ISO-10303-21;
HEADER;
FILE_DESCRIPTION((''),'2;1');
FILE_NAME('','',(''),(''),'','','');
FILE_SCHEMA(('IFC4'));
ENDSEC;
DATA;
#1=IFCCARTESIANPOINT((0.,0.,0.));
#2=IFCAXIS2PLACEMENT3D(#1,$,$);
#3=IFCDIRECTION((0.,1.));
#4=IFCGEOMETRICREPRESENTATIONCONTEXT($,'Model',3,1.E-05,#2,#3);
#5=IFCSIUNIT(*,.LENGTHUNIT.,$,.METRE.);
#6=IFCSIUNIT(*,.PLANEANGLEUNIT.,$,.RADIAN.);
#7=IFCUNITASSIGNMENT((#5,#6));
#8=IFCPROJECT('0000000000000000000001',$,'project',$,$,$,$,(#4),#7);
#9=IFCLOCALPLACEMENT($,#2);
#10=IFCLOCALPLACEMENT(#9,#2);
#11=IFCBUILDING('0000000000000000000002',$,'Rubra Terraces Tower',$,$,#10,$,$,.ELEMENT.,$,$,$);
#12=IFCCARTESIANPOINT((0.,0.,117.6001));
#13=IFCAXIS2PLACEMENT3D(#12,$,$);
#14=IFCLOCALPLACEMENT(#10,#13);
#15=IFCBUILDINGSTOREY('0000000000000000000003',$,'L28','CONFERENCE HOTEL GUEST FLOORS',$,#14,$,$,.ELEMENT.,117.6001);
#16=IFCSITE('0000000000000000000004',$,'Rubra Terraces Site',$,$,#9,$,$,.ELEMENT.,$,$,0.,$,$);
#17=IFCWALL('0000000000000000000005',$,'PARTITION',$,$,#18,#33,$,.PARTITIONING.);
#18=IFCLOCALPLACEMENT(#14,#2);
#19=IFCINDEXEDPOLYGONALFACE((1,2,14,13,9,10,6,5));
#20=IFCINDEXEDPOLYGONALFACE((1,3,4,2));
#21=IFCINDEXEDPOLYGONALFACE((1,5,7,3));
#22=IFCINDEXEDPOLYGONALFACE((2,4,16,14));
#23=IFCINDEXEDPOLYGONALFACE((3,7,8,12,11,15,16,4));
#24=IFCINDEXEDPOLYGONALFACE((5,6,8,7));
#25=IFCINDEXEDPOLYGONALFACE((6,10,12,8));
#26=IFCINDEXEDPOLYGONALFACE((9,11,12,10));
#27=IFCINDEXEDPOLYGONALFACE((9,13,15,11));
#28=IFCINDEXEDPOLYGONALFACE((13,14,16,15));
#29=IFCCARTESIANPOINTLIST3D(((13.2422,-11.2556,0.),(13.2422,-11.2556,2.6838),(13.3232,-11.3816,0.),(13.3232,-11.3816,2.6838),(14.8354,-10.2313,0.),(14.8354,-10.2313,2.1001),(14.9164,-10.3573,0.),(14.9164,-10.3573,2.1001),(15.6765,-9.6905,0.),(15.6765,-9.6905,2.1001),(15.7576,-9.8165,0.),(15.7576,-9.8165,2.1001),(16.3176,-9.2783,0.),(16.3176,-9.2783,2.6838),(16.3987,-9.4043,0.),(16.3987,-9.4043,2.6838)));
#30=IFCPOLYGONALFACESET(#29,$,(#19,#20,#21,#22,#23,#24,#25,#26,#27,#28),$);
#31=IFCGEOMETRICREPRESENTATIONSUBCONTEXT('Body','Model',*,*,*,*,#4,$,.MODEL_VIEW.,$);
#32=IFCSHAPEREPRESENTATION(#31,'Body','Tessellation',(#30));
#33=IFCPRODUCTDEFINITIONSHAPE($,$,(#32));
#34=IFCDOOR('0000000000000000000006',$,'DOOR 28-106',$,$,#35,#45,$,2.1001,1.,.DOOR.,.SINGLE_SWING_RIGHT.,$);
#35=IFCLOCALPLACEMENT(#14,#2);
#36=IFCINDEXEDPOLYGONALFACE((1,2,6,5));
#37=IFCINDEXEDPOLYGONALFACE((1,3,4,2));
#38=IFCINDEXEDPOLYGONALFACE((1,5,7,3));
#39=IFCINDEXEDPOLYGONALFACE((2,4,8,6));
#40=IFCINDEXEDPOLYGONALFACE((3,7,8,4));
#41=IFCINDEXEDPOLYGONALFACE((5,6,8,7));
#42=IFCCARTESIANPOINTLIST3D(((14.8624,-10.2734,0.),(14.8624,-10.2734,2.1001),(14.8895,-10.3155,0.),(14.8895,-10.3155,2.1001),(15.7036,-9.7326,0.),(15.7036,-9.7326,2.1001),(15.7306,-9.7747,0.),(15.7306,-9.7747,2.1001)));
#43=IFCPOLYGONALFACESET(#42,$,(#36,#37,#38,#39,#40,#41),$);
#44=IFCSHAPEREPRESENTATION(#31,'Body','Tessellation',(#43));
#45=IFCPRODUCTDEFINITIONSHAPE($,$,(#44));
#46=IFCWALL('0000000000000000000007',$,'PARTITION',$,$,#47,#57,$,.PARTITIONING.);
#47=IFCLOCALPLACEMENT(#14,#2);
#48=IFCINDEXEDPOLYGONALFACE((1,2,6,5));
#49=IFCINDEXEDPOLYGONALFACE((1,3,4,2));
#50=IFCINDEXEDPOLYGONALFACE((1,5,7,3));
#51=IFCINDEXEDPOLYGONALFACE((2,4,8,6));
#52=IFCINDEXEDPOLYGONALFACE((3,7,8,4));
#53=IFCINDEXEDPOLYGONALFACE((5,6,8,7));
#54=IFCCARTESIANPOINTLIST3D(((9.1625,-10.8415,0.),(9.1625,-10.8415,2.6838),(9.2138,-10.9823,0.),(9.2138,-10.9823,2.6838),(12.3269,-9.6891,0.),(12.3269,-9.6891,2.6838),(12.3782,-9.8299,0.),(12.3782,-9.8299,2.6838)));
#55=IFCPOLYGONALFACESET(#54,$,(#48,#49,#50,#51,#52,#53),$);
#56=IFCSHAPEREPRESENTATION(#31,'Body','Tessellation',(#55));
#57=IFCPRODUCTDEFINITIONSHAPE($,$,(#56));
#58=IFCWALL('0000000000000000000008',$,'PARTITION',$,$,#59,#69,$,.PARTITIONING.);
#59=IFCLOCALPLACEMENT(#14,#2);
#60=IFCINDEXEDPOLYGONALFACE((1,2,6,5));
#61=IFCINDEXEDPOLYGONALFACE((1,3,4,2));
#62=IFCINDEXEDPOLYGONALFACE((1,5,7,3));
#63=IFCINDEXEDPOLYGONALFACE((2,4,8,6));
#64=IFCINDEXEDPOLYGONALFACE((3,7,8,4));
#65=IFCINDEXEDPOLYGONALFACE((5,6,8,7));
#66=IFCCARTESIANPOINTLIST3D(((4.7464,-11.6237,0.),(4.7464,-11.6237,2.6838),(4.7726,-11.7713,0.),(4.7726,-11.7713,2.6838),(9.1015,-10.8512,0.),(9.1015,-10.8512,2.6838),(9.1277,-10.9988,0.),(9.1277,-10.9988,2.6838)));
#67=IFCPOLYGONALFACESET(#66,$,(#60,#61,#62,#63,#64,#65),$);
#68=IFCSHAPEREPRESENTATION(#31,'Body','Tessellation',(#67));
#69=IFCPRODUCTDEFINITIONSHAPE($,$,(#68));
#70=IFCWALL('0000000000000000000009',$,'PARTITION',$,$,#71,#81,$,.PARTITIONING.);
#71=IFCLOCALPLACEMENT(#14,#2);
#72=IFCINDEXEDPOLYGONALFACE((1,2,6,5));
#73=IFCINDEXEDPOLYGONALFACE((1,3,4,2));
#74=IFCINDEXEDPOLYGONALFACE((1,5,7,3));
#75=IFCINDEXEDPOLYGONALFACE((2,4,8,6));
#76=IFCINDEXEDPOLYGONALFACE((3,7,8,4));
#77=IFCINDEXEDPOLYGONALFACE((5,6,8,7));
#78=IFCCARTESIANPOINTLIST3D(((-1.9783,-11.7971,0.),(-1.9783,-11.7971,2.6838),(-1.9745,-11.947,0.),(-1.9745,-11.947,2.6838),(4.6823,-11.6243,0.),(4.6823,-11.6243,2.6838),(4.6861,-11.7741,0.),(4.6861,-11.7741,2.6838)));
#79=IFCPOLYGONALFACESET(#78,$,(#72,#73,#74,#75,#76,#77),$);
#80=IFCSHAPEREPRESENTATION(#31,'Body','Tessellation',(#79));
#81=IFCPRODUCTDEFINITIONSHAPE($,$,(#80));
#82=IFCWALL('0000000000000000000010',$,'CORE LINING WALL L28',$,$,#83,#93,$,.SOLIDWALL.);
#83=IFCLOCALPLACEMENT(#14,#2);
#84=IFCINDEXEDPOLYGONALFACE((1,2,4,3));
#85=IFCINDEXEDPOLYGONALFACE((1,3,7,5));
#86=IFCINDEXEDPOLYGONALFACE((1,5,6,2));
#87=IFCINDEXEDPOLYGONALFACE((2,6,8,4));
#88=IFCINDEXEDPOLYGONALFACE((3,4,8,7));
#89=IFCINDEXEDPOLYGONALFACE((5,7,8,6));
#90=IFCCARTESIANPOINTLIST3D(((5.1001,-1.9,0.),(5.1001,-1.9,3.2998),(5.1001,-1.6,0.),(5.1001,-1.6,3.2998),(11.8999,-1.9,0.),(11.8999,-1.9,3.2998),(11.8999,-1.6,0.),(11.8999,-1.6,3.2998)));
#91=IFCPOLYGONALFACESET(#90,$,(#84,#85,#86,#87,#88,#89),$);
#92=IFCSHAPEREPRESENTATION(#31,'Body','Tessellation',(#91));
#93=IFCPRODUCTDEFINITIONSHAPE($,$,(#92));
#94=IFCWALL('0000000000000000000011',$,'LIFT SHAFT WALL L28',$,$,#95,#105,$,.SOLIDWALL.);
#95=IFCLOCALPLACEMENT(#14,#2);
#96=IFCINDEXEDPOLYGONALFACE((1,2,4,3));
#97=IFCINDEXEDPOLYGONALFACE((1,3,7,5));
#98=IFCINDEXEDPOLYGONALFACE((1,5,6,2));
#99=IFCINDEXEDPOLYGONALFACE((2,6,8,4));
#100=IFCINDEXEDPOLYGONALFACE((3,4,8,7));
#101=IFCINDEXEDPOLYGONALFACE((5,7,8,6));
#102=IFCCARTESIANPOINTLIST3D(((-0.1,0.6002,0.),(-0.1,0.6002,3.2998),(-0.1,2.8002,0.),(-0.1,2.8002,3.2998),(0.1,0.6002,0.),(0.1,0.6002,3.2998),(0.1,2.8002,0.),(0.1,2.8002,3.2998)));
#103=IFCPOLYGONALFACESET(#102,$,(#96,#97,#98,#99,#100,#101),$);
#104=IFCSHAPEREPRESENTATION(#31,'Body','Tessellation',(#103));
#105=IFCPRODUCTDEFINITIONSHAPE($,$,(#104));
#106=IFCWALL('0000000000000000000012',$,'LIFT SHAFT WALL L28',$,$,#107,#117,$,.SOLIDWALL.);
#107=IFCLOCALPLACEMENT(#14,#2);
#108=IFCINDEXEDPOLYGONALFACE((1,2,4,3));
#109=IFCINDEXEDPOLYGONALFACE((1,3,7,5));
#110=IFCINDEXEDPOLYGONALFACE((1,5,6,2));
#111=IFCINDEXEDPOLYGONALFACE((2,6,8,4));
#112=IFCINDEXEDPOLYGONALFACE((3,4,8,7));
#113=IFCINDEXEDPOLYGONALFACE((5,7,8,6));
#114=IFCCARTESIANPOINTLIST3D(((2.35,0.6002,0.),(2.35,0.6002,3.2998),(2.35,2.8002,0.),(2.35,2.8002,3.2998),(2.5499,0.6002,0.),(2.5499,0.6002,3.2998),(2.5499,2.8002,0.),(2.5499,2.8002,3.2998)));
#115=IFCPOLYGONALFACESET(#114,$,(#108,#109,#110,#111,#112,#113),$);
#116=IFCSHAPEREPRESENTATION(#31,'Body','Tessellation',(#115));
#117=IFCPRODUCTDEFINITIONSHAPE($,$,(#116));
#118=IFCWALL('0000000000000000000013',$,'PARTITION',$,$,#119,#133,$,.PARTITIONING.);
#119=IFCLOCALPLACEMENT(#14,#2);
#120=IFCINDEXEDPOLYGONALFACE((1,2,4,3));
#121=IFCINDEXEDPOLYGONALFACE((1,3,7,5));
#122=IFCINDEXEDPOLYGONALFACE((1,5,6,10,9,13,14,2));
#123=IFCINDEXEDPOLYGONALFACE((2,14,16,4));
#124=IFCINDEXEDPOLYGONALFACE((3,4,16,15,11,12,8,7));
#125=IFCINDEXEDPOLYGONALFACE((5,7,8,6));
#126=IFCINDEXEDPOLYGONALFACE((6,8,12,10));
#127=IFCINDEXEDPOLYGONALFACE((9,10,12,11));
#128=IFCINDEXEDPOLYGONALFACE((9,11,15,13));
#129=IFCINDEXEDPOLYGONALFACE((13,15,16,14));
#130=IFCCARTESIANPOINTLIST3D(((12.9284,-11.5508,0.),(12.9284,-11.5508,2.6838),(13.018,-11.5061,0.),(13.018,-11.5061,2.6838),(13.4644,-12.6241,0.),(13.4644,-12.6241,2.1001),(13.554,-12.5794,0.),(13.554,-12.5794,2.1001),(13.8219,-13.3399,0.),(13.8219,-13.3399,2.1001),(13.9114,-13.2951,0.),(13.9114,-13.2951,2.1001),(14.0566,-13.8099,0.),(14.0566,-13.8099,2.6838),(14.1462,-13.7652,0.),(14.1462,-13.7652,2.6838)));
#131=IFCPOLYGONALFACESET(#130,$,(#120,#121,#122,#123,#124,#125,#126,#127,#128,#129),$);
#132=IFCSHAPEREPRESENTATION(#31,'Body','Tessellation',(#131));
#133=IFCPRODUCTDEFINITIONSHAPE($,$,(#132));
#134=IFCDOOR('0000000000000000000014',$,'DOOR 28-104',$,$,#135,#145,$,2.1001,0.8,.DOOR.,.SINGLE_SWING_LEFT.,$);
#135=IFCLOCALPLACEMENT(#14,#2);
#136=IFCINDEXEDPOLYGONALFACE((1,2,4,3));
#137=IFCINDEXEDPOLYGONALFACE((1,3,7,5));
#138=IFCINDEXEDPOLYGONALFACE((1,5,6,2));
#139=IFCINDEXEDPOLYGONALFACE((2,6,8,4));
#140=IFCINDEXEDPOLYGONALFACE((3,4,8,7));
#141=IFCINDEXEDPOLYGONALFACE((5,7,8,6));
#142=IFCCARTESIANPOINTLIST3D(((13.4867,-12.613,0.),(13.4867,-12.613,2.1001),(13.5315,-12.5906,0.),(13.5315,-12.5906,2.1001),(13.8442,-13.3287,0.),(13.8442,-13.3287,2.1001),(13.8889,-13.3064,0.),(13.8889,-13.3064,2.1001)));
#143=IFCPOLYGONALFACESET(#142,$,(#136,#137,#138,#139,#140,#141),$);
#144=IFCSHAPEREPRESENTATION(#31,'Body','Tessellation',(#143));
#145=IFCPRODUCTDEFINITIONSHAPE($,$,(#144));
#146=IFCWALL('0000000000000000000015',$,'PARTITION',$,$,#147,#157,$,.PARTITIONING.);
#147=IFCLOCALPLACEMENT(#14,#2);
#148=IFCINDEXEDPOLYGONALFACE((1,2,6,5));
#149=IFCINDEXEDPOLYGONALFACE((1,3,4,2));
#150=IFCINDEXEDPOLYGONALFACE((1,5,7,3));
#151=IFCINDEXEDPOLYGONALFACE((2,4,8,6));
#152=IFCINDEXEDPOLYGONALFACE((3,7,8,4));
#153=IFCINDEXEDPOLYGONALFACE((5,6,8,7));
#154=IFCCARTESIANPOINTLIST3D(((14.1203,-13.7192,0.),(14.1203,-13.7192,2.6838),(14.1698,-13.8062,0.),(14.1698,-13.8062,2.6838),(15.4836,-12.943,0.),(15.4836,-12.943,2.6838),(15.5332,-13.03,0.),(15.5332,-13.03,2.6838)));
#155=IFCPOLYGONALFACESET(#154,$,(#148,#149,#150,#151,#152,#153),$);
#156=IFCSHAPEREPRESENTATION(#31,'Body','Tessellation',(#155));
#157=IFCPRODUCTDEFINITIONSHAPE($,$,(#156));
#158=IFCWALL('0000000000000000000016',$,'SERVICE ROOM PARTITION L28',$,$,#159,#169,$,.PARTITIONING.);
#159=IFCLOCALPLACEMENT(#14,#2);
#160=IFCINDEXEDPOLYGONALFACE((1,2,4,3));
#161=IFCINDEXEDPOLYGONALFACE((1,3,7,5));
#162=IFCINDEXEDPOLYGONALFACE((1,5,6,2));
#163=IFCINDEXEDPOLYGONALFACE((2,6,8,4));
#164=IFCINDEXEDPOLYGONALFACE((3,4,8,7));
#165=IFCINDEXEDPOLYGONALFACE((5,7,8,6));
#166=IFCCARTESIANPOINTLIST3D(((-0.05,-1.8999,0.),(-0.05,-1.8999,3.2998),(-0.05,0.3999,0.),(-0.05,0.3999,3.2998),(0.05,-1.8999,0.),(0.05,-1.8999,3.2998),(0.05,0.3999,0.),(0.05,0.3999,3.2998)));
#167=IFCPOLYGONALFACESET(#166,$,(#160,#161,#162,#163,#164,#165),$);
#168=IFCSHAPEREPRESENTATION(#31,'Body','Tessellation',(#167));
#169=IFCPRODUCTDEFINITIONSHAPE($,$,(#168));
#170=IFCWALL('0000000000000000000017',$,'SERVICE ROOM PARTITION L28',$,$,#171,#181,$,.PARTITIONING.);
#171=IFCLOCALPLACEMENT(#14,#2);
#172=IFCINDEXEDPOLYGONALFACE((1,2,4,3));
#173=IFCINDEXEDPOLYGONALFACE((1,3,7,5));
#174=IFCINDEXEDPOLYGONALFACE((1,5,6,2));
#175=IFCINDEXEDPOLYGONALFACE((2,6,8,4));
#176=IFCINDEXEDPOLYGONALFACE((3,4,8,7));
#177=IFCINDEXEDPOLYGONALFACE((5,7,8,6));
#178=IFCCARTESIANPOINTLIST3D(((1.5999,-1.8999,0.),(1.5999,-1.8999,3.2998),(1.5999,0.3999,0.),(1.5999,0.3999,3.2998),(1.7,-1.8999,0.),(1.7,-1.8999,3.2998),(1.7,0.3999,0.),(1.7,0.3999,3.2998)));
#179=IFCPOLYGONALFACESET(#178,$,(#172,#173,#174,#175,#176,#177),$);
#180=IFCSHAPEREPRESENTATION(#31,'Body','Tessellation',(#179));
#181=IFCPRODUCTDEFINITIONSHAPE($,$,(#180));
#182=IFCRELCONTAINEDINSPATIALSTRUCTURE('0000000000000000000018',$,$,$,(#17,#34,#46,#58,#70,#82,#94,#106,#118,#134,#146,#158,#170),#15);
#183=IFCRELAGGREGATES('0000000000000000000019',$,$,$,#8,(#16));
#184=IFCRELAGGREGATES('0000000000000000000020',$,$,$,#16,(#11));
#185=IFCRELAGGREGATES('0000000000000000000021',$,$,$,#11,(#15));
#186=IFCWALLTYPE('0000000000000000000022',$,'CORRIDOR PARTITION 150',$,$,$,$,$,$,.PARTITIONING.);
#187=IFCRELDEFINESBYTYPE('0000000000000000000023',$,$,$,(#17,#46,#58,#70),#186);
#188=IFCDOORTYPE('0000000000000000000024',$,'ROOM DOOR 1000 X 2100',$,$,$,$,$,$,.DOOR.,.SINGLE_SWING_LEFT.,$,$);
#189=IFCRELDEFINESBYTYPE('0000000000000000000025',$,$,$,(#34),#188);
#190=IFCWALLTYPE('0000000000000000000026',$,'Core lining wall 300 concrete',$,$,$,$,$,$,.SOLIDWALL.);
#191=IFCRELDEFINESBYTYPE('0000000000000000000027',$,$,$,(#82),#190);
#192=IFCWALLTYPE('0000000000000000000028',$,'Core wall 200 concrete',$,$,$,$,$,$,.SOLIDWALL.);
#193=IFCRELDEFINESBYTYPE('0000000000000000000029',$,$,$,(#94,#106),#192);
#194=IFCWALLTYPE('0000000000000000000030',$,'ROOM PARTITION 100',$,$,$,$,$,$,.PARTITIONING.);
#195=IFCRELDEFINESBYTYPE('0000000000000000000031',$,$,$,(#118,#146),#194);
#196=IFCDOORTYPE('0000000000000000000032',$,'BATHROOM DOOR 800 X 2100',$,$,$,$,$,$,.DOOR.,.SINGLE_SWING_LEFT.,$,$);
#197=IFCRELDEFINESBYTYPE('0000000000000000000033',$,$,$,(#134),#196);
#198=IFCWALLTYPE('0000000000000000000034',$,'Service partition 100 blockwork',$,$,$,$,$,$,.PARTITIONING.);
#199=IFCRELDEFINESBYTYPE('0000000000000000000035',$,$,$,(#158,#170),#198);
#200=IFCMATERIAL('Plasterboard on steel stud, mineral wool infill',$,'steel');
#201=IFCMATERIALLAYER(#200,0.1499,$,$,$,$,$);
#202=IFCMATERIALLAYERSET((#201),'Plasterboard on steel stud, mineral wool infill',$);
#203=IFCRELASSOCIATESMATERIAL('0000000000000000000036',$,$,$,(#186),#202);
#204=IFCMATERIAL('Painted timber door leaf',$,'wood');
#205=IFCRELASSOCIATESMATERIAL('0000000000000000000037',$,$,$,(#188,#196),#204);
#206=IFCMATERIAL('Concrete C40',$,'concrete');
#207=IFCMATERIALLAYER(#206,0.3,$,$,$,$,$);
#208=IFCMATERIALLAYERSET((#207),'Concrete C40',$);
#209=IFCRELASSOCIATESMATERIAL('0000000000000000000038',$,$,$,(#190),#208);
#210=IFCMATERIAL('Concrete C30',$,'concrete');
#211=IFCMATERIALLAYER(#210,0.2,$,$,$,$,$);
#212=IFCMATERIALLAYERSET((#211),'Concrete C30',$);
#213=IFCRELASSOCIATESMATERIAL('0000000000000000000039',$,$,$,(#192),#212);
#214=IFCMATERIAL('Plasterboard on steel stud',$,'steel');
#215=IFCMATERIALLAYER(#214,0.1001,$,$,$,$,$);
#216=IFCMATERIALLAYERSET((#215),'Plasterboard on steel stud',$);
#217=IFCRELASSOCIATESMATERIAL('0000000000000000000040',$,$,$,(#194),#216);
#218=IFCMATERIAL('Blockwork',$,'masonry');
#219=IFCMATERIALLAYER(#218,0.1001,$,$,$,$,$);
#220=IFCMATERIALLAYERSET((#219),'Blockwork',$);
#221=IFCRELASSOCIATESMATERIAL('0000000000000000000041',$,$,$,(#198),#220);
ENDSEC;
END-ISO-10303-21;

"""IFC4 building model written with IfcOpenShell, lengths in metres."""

from ifc_helpers import new_model, si_unit, direction, frame, frame_2d, origin, place, context, subcontext, project, spatial, rectangle, extrude, material, layer, layer_set, type_object, element, fill, save


model = new_model("IFC4")

# Units and contexts
model_context = context("Model", 3, precision=1e-05, world=origin(), true_north=direction((0.0, 1.0)))
body_context = subcontext(model_context, "Body", "Model", "MODEL_VIEW")
ifc_project = project(units=[si_unit("LENGTHUNIT", "METRE"), si_unit("PLANEANGLEUNIT", "RADIAN")], contexts=[model_context])

# Site, building, storey
site_placement = place(None, origin())
site = spatial("IfcSite", under=ifc_project, at=site_placement, Name="Rubra Terraces Site", CompositionType="ELEMENT", RefElevation=0.0)
building_placement = place(site_placement, origin())
building = spatial("IfcBuilding", under=site, at=building_placement, Name="Rubra Terraces Tower", CompositionType="ELEMENT")
storey_placement = place(building_placement, frame((0.0, 0.0, 117.6001)))
storey = spatial("IfcBuildingStorey", under=building, at=storey_placement, Name="L28", Description="CONFERENCE HOTEL GUEST FLOORS", CompositionType="ELEMENT", Elevation=117.6001)

# Shared definitions
ifc_material_1 = material(Name="Concrete C40", Category="concrete")

# Shared definitions
ifc_material_2 = material(Name="Plasterboard on steel stud, mineral wool infill", Category="steel")
ifc_layer_1 = layer(ifc_material_2, 0.1499)
ifc_layer_set_1 = layer_set([ifc_layer_1], Name="Plasterboard on steel stud, mineral wool infill")
wall_type_1 = type_object("IfcWallType", Name="CORRIDOR PARTITION 150", PredefinedType="PARTITIONING", material=ifc_layer_set_1)

# Wall, opening, door
wall_1_placement = place(storey_placement, frame((13.2827, -11.3186, 0.0), z_axis=(0.0, 0.0, 1.0), x_axis=(0.84115, 0.540801, 0.0)))
wall_1 = element("IfcWall", 1, at=wall_1_placement, inside=storey, type_object=wall_type_1, Name="PARTITION", PredefinedType="PARTITIONING", context=body_context, shape_type="SweptSolid", body=[
    extrude(rectangle(XDim=3.6562, YDim=0.1499, at=frame_2d((1.8281, 0.0))), origin(), (0.0, 0.0, 1.0), 2.6838),
])
opening_1_placement = place(wall_1_placement, frame((1.894, 0.0, 0.0)))
opening_1 = element("IfcOpeningElement", 2, at=opening_1_placement, cuts=wall_1, PredefinedType="OPENING", context=body_context, shape_type="SweptSolid", body=[
    extrude(rectangle(XDim=1.0, YDim=2.1001, at=frame_2d((0.5, 1.05))), frame((0.0, 0.085, 0.0), z_axis=(0.0, -1.0, 0.0), x_axis=(1.0, 0.0, 0.0)), (0.0, 0.0, 1.0), 0.1699),
])
ifc_material_3 = material(Name="Painted timber door leaf", Category="wood")
door_type_1 = type_object("IfcDoorType", Name="ROOM DOOR 1000 X 2100", OperationType="SINGLE_SWING_LEFT", PredefinedType="DOOR", material=ifc_material_3)
door_1_placement = place(opening_1_placement, origin())
door_1 = element("IfcDoor", 3, at=door_1_placement, inside=storey, type_object=door_type_1, Name="DOOR 28-106", OperationType="SINGLE_SWING_RIGHT", OverallHeight=2.1001, OverallWidth=1.0, PredefinedType="DOOR", context=body_context, shape_type="SweptSolid", body=[
    extrude(rectangle(XDim=1.0, YDim=2.1001, at=frame_2d((0.5, 1.05))), frame((0.0, 0.0249, 0.0), z_axis=(0.0, -1.0, 0.0), x_axis=(1.0, 0.0, 0.0)), (0.0, 0.0, 1.0), 0.05),
])
fill(opening_1, door_1)

# Walls
wall_2_placement = place(storey_placement, frame((12.3525, -9.7595, 0.0), z_axis=(0.0, 0.0, 1.0), x_axis=(-0.939632, -0.342185, 0.0)))
element("IfcWall", 4, at=wall_2_placement, inside=storey, type_object=wall_type_1, Name="PARTITION", PredefinedType="PARTITIONING", context=body_context, shape_type="SweptSolid", body=[
    extrude(rectangle(XDim=3.3677, YDim=0.1499, at=frame_2d((1.6838, 0.0))), origin(), (0.0, 0.0, 1.0), 2.6838),
])
wall_3_placement = place(storey_placement, frame((9.1145, -10.925, 0.0), z_axis=(0.0, 0.0, 1.0), x_axis=(-0.984633, -0.174639, 0.0)))
element("IfcWall", 5, at=wall_3_placement, inside=storey, type_object=wall_type_1, Name="PARTITION", PredefinedType="PARTITIONING", context=body_context, shape_type="SweptSolid", body=[
    extrude(rectangle(XDim=4.4231, YDim=0.1499, at=frame_2d((2.2114, 0.0))), origin(), (0.0, 0.0, 1.0), 2.6838),
])
wall_4_placement = place(storey_placement, frame((4.6843, -11.6992, 0.0), z_axis=(0.0, 0.0, 1.0), x_axis=(-0.999663, -0.025942, 0.0)))
element("IfcWall", 6, at=wall_4_placement, inside=storey, type_object=wall_type_1, Name="PARTITION", PredefinedType="PARTITIONING", context=body_context, shape_type="SweptSolid", body=[
    extrude(rectangle(XDim=6.6628, YDim=0.1499, at=frame_2d((3.3315, 0.0))), origin(), (0.0, 0.0, 1.0), 2.6838),
])
ifc_layer_2 = layer(ifc_material_1, 0.3)
ifc_layer_set_2 = layer_set([ifc_layer_2], Name="Concrete C40")
wall_type_2 = type_object("IfcWallType", Name="Core lining wall 300 concrete", PredefinedType="SOLIDWALL", material=ifc_layer_set_2)
wall_5_placement = place(storey_placement, frame((11.8999, -1.75, 0.0), z_axis=(0.0, 0.0, 1.0), x_axis=(-1.0, 0.0, 0.0)))
element("IfcWall", 7, at=wall_5_placement, inside=storey, type_object=wall_type_2, Name="CORE LINING WALL L28", PredefinedType="SOLIDWALL", context=body_context, shape_type="SweptSolid", body=[
    extrude(rectangle(XDim=6.7998, YDim=0.3, at=frame_2d((3.3999, 0.0))), origin(), (0.0, 0.0, 1.0), 3.2998),
])
ifc_material_4 = material(Name="Concrete C30", Category="concrete")
ifc_layer_3 = layer(ifc_material_4, 0.2)
ifc_layer_set_3 = layer_set([ifc_layer_3], Name="Concrete C30")
wall_type_3 = type_object("IfcWallType", Name="Core wall 200 concrete", PredefinedType="SOLIDWALL", material=ifc_layer_set_3)
for number, where, z_axis, x_axis, name in (
    (8, (0.0, 0.6001, 0.0), (0.0, 0.0, 1.0), (0.0, 1.0, 0.0), "LIFT SHAFT WALL L28"),
    (9, (2.45, 0.6001, 0.0), (0.0, 0.0, 1.0), (0.0, 1.0, 0.0), "LIFT SHAFT WALL L28"),
):
    element("IfcWall", number, at=place(storey_placement, frame(where, z_axis=z_axis, x_axis=x_axis)), inside=storey, type_object=wall_type_3, Name=name, PredefinedType="SOLIDWALL", context=body_context, shape_type="SweptSolid", body=[
        extrude(rectangle(XDim=2.2, YDim=0.2, at=frame_2d((1.1001, 0.0))), origin(), (0.0, 0.0, 1.0), 3.2998),
    ])

# Wall, opening, door
ifc_material_5 = material(Name="Plasterboard on steel stud", Category="steel")
ifc_layer_4 = layer(ifc_material_5, 0.1001)
ifc_layer_set_4 = layer_set([ifc_layer_4], Name="Plasterboard on steel stud")
wall_type_4 = type_object("IfcWallType", Name="ROOM PARTITION 100", PredefinedType="PARTITIONING", material=ifc_layer_set_4)
wall_6_placement = place(storey_placement, frame((12.9731, -11.5283, 0.0), z_axis=(0.0, 0.0, 1.0), x_axis=(0.446788, -0.89464, 0.0)))
wall_6 = element("IfcWall", 10, at=wall_6_placement, inside=storey, type_object=wall_type_4, Name="PARTITION", PredefinedType="PARTITIONING", context=body_context, shape_type="SweptSolid", body=[
    extrude(rectangle(XDim=2.5251, YDim=0.1001, at=frame_2d((1.2627, 0.0))), origin(), (0.0, 0.0, 1.0), 2.6838),
])
opening_2_placement = place(wall_6_placement, frame((1.2, 0.0, 0.0)))
opening_2 = element("IfcOpeningElement", 11, at=opening_2_placement, cuts=wall_6, PredefinedType="OPENING", context=body_context, shape_type="SweptSolid", body=[
    extrude(rectangle(XDim=0.8, YDim=2.1001, at=frame_2d((0.3999, 1.05))), frame((0.0, 0.0601, 0.0), z_axis=(0.0, -1.0, 0.0), x_axis=(1.0, 0.0, 0.0)), (0.0, 0.0, 1.0), 0.1201),
])
door_type_2 = type_object("IfcDoorType", Name="BATHROOM DOOR 800 X 2100", OperationType="SINGLE_SWING_LEFT", PredefinedType="DOOR", material=ifc_material_3)
door_2_placement = place(opening_2_placement, origin())
door_2 = element("IfcDoor", 12, at=door_2_placement, inside=storey, type_object=door_type_2, Name="DOOR 28-104", OperationType="SINGLE_SWING_LEFT", OverallHeight=2.1001, OverallWidth=0.8, PredefinedType="DOOR", context=body_context, shape_type="SweptSolid", body=[
    extrude(rectangle(XDim=0.8, YDim=2.1001, at=frame_2d((0.3999, 1.05))), frame((0.0, 0.0249, 0.0), z_axis=(0.0, -1.0, 0.0), x_axis=(1.0, 0.0, 0.0)), (0.0, 0.0, 1.0), 0.05),
])
fill(opening_2, door_2)

# Walls
wall_7_placement = place(storey_placement, frame((14.145, -13.7627, 0.0), z_axis=(0.0, 0.0, 1.0), x_axis=(0.869037, 0.494747, 0.0)))
element("IfcWall", 13, at=wall_7_placement, inside=storey, type_object=wall_type_4, Name="PARTITION", PredefinedType="PARTITIONING", context=body_context, shape_type="SweptSolid", body=[
    extrude(rectangle(XDim=1.5688, YDim=0.1001, at=frame_2d((0.7844, 0.0))), origin(), (0.0, 0.0, 1.0), 2.6838),
])
ifc_material_6 = material(Name="Blockwork", Category="masonry")
ifc_layer_5 = layer(ifc_material_6, 0.1001)
ifc_layer_set_5 = layer_set([ifc_layer_5], Name="Blockwork")
wall_type_5 = type_object("IfcWallType", Name="Service partition 100 blockwork", PredefinedType="PARTITIONING", material=ifc_layer_set_5)
for number, where, z_axis, x_axis, name in (
    (14, (0.0, -1.8999, 0.0), (0.0, 0.0, 1.0), (0.0, 1.0, 0.0), "SERVICE ROOM PARTITION L28"),
    (15, (1.6499, -1.8999, 0.0), (0.0, 0.0, 1.0), (0.0, 1.0, 0.0), "SERVICE ROOM PARTITION L28"),
):
    element("IfcWall", number, at=place(storey_placement, frame(where, z_axis=z_axis, x_axis=x_axis)), inside=storey, type_object=wall_type_5, Name=name, PredefinedType="PARTITIONING", context=body_context, shape_type="SweptSolid", body=[
        extrude(rectangle(XDim=2.2998, YDim=0.1001, at=frame_2d((1.1499, 0.0))), origin(), (0.0, 0.0, 1.0), 3.2998),
    ])

save(model, "model.ifc")
